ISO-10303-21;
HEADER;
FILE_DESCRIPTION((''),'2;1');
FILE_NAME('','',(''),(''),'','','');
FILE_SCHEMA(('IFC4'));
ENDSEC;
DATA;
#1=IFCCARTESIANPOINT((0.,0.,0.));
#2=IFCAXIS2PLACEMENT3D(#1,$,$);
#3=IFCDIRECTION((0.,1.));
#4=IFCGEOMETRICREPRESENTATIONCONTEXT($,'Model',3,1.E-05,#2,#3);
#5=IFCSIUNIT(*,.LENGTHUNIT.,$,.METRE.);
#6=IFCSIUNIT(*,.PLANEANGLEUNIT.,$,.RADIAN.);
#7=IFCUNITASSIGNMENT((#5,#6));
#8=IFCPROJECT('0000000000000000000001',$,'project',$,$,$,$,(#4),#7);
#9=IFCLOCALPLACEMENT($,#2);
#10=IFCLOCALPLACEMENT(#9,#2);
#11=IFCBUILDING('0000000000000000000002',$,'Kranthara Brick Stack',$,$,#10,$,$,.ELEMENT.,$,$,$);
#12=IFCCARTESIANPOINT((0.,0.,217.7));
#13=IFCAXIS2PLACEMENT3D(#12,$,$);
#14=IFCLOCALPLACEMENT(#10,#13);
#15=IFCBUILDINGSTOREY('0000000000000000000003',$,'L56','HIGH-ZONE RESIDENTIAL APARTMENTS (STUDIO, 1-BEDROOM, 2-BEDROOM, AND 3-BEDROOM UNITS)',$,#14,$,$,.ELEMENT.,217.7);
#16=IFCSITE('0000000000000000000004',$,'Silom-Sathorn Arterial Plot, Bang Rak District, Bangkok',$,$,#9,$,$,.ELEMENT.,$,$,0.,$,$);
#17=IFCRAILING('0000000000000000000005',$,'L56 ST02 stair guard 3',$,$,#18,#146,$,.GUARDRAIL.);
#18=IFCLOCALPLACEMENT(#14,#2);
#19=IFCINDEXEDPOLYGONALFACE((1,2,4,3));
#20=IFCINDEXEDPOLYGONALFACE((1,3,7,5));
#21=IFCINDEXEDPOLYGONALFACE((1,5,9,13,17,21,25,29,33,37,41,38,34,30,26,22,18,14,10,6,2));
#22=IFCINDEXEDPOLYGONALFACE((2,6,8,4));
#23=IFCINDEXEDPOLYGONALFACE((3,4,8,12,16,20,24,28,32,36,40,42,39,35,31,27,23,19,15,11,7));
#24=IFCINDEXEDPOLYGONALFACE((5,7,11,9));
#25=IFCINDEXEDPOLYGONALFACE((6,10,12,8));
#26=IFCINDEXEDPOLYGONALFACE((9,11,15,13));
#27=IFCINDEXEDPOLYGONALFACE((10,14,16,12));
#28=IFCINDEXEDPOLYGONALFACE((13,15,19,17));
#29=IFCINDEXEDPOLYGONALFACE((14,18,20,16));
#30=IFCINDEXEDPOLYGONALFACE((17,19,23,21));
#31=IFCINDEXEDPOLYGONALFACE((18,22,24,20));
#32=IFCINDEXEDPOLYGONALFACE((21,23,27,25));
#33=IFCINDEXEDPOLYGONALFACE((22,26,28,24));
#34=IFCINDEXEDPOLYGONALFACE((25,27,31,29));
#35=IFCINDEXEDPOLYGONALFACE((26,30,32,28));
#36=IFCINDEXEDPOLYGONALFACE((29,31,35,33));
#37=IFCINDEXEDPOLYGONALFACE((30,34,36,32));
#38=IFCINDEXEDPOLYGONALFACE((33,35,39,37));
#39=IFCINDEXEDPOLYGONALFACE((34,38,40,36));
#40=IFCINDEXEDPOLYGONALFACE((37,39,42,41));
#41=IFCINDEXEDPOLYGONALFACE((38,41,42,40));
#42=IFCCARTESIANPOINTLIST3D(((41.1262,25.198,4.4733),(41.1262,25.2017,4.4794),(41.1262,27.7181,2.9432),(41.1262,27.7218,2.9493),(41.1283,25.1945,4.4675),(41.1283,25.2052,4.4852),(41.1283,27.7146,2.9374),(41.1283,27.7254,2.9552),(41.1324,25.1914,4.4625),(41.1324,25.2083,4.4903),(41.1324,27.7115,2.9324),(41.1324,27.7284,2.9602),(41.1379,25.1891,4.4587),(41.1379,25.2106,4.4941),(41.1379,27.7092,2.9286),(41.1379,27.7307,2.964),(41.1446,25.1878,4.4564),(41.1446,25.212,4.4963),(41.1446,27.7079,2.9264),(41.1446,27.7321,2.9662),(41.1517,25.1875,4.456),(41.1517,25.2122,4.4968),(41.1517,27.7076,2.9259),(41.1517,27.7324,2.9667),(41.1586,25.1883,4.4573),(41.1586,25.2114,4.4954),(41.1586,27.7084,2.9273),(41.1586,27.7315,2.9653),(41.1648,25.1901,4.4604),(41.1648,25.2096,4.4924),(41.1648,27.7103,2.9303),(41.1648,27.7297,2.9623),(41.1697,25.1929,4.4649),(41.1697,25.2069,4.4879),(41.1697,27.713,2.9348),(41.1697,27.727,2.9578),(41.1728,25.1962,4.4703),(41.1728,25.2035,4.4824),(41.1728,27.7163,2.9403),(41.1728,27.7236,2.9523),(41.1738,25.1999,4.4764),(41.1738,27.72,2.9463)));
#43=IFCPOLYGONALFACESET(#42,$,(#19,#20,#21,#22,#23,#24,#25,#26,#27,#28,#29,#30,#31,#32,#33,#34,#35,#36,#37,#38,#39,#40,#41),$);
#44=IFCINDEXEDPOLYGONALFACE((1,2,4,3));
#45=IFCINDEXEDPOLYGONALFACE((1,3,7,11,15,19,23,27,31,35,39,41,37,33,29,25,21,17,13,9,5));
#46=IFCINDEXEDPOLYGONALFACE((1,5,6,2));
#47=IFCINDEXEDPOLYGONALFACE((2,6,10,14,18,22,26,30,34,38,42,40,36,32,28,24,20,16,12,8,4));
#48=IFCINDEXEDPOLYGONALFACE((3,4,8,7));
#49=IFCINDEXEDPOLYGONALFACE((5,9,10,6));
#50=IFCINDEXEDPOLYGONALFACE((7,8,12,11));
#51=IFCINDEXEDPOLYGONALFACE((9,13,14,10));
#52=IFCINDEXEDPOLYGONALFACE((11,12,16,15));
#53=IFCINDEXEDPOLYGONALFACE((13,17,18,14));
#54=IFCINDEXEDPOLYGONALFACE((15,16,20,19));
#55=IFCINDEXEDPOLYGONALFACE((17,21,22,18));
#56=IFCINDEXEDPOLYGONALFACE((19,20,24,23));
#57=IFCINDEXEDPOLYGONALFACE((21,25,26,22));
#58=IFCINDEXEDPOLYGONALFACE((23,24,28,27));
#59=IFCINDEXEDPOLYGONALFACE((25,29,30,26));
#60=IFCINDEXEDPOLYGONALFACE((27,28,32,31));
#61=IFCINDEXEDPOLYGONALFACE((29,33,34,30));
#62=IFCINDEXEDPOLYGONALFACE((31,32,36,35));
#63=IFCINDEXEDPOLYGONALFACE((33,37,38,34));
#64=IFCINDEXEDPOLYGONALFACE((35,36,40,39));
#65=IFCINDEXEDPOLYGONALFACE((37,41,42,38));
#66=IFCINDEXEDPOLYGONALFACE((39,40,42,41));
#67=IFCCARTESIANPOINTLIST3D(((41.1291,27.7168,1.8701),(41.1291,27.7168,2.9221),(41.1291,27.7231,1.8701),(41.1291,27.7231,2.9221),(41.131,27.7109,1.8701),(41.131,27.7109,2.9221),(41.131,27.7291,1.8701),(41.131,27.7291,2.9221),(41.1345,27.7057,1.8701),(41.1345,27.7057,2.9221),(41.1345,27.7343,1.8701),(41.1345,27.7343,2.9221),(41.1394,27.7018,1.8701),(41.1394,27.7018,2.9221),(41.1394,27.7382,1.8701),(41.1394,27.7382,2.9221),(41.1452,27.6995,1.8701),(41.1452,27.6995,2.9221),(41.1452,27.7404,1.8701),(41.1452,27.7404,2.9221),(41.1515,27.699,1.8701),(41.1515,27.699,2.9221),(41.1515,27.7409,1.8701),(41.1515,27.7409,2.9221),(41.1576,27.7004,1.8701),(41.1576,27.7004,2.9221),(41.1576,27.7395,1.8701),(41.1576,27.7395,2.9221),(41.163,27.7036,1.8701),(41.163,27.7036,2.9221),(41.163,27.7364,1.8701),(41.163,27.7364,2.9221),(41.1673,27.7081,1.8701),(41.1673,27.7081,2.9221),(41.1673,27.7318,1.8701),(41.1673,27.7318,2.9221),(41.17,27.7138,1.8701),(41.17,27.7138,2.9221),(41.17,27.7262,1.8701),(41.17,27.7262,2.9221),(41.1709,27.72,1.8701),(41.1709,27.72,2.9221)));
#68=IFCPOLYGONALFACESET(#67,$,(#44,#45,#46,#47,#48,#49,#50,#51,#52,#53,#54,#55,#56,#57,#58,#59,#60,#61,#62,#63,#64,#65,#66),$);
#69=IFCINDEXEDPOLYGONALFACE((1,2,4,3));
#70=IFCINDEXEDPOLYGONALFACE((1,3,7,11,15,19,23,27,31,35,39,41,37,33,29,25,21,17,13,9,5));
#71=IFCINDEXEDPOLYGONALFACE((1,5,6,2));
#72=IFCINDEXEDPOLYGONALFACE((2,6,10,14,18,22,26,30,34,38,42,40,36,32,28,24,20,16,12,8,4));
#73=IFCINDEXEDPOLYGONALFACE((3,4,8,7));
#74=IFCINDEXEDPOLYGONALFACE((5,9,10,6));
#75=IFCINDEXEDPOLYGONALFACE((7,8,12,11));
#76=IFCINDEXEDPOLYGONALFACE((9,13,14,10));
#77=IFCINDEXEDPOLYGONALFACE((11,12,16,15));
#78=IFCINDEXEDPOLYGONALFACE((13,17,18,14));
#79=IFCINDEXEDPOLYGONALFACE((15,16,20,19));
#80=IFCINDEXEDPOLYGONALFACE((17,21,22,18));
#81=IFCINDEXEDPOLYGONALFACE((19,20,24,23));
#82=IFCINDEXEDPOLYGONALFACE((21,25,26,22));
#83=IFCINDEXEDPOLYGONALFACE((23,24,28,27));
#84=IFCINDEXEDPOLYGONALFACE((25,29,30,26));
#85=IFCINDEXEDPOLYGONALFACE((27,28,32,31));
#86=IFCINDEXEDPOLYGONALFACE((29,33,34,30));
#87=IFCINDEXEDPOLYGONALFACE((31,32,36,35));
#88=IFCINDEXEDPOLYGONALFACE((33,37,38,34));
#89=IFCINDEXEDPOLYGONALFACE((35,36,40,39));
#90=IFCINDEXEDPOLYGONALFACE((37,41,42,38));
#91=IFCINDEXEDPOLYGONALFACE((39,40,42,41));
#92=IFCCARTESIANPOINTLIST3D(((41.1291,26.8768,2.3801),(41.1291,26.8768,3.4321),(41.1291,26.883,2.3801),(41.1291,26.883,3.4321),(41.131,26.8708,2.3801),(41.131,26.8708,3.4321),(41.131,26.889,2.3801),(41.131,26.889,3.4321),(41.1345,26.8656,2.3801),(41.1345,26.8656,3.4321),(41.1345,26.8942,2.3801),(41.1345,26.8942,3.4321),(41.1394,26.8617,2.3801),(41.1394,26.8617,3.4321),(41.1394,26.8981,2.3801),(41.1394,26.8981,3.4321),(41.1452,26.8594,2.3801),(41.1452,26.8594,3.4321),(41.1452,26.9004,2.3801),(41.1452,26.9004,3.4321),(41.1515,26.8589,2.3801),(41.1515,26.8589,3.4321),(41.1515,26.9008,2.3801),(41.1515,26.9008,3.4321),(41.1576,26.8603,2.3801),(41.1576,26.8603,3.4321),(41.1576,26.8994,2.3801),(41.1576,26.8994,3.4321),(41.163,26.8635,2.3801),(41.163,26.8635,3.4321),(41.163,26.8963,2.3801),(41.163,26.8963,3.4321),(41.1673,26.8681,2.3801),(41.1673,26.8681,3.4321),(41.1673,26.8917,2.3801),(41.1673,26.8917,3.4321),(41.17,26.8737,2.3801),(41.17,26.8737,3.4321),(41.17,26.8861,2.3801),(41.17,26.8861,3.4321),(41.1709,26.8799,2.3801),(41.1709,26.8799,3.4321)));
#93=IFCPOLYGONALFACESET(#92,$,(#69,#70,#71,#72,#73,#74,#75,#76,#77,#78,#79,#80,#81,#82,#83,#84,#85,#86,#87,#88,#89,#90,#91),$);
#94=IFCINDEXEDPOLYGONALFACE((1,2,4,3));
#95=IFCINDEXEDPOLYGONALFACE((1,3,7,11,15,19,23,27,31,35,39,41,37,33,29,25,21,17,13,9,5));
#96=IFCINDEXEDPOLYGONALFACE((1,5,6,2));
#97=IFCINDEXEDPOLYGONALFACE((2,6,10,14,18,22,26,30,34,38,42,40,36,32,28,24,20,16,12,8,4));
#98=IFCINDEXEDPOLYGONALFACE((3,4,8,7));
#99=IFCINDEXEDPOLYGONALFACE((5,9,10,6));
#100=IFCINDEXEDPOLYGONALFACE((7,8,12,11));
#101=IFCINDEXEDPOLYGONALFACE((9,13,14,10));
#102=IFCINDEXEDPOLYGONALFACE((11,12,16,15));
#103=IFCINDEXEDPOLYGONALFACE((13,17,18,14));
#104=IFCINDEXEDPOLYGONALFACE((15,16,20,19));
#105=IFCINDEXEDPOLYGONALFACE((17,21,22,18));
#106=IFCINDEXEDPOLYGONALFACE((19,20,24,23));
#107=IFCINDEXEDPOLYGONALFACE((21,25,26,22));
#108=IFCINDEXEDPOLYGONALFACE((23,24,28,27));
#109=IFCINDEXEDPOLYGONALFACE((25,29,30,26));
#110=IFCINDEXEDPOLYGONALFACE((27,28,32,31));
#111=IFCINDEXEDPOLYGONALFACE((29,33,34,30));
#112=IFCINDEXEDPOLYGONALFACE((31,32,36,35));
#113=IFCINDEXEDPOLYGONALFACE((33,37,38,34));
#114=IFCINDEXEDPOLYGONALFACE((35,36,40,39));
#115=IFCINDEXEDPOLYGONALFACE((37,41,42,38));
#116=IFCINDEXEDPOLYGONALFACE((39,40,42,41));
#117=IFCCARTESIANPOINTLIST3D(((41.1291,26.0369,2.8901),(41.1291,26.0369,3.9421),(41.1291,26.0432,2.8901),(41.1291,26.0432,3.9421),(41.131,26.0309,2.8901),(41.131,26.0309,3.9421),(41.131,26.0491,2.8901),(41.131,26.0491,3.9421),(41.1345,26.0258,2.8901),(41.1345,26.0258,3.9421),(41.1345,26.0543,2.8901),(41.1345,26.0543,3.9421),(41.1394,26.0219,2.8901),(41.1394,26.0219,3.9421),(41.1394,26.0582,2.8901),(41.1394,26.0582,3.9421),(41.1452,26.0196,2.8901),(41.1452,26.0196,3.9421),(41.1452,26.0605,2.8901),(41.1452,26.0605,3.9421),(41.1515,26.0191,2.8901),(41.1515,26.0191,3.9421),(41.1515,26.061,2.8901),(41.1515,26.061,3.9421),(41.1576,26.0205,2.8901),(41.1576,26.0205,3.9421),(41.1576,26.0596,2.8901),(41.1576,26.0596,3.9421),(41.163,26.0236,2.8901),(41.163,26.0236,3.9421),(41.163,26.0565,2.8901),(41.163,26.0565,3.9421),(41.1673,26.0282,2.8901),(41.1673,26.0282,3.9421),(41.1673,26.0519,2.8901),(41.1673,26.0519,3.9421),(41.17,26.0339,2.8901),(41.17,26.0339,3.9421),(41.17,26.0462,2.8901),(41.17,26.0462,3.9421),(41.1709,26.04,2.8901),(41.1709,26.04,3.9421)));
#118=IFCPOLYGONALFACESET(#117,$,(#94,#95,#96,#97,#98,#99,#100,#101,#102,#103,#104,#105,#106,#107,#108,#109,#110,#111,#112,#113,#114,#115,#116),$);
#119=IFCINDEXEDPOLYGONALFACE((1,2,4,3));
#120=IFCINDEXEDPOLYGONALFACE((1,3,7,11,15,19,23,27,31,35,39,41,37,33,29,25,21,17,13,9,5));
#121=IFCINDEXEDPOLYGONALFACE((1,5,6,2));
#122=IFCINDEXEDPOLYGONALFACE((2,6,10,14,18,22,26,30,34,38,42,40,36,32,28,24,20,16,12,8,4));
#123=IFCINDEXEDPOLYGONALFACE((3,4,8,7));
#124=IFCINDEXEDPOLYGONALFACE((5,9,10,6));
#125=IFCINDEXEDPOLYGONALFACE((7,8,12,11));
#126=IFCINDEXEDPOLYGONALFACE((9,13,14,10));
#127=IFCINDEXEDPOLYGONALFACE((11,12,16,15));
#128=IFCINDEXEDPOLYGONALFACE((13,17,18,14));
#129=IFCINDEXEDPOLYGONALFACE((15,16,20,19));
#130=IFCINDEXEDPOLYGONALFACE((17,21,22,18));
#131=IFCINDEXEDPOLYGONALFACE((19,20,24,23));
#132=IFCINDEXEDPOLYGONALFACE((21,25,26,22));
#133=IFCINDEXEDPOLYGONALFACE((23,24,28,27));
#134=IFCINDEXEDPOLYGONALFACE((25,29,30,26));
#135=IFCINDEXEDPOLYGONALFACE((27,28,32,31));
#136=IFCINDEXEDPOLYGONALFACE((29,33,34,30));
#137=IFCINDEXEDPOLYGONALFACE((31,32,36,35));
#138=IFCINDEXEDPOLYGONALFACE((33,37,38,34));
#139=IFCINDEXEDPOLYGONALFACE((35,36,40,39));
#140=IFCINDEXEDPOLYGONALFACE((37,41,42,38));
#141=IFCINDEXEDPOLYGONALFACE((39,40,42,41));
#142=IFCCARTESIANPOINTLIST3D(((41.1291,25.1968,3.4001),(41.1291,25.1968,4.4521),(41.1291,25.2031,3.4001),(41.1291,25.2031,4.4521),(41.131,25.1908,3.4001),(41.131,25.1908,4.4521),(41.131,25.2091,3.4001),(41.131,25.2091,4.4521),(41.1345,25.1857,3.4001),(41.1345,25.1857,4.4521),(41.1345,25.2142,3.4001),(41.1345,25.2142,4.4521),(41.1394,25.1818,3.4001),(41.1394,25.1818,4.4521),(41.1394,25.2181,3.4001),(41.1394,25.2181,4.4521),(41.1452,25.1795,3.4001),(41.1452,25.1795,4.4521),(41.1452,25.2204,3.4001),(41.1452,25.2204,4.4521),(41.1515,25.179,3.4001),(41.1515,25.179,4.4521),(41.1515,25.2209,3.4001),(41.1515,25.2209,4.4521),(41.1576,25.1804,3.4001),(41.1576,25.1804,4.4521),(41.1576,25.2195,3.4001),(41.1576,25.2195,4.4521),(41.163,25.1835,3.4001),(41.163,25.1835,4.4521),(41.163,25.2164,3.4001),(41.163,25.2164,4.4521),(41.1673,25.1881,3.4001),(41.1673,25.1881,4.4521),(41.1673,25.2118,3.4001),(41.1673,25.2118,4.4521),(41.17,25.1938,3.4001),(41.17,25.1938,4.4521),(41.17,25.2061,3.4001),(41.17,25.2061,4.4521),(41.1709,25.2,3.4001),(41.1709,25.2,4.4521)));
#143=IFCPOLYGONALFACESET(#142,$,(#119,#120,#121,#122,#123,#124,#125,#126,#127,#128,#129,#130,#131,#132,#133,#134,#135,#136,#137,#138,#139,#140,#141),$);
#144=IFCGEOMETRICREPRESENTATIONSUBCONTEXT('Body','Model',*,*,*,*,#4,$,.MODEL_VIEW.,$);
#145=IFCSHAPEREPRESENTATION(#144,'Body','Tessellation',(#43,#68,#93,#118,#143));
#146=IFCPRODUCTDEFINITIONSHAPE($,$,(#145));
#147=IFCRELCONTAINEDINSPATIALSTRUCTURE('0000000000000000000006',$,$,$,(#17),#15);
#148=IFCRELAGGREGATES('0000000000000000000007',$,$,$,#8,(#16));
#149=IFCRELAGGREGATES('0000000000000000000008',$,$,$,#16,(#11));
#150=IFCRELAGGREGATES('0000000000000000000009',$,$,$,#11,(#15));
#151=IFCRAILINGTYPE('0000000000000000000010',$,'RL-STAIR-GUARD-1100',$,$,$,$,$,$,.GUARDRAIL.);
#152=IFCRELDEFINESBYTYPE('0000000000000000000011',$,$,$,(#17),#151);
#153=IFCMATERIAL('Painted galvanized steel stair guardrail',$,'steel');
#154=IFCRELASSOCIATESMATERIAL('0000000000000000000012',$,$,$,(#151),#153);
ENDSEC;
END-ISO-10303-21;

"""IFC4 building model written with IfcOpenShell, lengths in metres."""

from ifc_helpers import new_model, si_unit, direction, frame, origin, origin_2d, place, context, subcontext, project, spatial, circle, extrude, material, type_object, element, save


model = new_model("IFC4")

# Units and contexts
model_context = context("Model", 3, precision=1e-05, world=origin(), true_north=direction((0.0, 1.0)))
body_context = subcontext(model_context, "Body", "Model", "MODEL_VIEW")
ifc_project = project(units=[si_unit("LENGTHUNIT", "METRE"), si_unit("PLANEANGLEUNIT", "RADIAN")], contexts=[model_context])

# Site, building, storey
site_placement = place(None, origin())
site = spatial("IfcSite", under=ifc_project, at=site_placement, Name="Silom-Sathorn Arterial Plot, Bang Rak District, Bangkok", CompositionType="ELEMENT", RefElevation=0.0)
building_placement = place(site_placement, origin())
building = spatial("IfcBuilding", under=site, at=building_placement, Name="Kranthara Brick Stack", CompositionType="ELEMENT")
storey_placement = place(building_placement, frame((0.0, 0.0, 217.7)))
storey = spatial("IfcBuildingStorey", under=building, at=storey_placement, Name="L56", Description="HIGH-ZONE RESIDENTIAL APARTMENTS (STUDIO, 1-BEDROOM, 2-BEDROOM, AND 3-BEDROOM UNITS)", CompositionType="ELEMENT", Elevation=217.7)

# Railing
ifc_material_1 = material(Name="Painted galvanized steel stair guardrail", Category="steel")
railing_type_1 = type_object("IfcRailingType", Name="RL-STAIR-GUARD-1100", PredefinedType="GUARDRAIL", material=ifc_material_1)
railing_1_placement = place(storey_placement, frame((41.1499, 27.72, 1.8701)))
element("IfcRailing", 1, at=railing_1_placement, inside=storey, type_object=railing_type_1, Name="L56 ST02 stair guard 3", PredefinedType="GUARDRAIL", context=body_context, shape_type="SweptSolid", body=[
    extrude(circle(Radius=0.0239, at=origin_2d()), frame((0.0, 0.0, 1.0762), z_axis=(0.0, -0.854785, 0.518982), x_axis=(1.0, 0.0, 0.0)), (0.0, 0.0, 1.0), 2.9482),
    extrude(circle(Radius=0.021, at=origin_2d()), origin(), (0.0, 0.0, 1.0), 1.052),
    extrude(circle(Radius=0.021, at=origin_2d()), frame((0.0, -0.8401, 0.51)), (0.0, 0.0, 1.0), 1.052),
    extrude(circle(Radius=0.021, at=origin_2d()), frame((0.0, -1.6799, 1.02)), (0.0, 0.0, 1.0), 1.052),
    extrude(circle(Radius=0.021, at=origin_2d()), frame((0.0, -2.52, 1.53)), (0.0, 0.0, 1.0), 1.052),
])

save(model, "model.ifc")
